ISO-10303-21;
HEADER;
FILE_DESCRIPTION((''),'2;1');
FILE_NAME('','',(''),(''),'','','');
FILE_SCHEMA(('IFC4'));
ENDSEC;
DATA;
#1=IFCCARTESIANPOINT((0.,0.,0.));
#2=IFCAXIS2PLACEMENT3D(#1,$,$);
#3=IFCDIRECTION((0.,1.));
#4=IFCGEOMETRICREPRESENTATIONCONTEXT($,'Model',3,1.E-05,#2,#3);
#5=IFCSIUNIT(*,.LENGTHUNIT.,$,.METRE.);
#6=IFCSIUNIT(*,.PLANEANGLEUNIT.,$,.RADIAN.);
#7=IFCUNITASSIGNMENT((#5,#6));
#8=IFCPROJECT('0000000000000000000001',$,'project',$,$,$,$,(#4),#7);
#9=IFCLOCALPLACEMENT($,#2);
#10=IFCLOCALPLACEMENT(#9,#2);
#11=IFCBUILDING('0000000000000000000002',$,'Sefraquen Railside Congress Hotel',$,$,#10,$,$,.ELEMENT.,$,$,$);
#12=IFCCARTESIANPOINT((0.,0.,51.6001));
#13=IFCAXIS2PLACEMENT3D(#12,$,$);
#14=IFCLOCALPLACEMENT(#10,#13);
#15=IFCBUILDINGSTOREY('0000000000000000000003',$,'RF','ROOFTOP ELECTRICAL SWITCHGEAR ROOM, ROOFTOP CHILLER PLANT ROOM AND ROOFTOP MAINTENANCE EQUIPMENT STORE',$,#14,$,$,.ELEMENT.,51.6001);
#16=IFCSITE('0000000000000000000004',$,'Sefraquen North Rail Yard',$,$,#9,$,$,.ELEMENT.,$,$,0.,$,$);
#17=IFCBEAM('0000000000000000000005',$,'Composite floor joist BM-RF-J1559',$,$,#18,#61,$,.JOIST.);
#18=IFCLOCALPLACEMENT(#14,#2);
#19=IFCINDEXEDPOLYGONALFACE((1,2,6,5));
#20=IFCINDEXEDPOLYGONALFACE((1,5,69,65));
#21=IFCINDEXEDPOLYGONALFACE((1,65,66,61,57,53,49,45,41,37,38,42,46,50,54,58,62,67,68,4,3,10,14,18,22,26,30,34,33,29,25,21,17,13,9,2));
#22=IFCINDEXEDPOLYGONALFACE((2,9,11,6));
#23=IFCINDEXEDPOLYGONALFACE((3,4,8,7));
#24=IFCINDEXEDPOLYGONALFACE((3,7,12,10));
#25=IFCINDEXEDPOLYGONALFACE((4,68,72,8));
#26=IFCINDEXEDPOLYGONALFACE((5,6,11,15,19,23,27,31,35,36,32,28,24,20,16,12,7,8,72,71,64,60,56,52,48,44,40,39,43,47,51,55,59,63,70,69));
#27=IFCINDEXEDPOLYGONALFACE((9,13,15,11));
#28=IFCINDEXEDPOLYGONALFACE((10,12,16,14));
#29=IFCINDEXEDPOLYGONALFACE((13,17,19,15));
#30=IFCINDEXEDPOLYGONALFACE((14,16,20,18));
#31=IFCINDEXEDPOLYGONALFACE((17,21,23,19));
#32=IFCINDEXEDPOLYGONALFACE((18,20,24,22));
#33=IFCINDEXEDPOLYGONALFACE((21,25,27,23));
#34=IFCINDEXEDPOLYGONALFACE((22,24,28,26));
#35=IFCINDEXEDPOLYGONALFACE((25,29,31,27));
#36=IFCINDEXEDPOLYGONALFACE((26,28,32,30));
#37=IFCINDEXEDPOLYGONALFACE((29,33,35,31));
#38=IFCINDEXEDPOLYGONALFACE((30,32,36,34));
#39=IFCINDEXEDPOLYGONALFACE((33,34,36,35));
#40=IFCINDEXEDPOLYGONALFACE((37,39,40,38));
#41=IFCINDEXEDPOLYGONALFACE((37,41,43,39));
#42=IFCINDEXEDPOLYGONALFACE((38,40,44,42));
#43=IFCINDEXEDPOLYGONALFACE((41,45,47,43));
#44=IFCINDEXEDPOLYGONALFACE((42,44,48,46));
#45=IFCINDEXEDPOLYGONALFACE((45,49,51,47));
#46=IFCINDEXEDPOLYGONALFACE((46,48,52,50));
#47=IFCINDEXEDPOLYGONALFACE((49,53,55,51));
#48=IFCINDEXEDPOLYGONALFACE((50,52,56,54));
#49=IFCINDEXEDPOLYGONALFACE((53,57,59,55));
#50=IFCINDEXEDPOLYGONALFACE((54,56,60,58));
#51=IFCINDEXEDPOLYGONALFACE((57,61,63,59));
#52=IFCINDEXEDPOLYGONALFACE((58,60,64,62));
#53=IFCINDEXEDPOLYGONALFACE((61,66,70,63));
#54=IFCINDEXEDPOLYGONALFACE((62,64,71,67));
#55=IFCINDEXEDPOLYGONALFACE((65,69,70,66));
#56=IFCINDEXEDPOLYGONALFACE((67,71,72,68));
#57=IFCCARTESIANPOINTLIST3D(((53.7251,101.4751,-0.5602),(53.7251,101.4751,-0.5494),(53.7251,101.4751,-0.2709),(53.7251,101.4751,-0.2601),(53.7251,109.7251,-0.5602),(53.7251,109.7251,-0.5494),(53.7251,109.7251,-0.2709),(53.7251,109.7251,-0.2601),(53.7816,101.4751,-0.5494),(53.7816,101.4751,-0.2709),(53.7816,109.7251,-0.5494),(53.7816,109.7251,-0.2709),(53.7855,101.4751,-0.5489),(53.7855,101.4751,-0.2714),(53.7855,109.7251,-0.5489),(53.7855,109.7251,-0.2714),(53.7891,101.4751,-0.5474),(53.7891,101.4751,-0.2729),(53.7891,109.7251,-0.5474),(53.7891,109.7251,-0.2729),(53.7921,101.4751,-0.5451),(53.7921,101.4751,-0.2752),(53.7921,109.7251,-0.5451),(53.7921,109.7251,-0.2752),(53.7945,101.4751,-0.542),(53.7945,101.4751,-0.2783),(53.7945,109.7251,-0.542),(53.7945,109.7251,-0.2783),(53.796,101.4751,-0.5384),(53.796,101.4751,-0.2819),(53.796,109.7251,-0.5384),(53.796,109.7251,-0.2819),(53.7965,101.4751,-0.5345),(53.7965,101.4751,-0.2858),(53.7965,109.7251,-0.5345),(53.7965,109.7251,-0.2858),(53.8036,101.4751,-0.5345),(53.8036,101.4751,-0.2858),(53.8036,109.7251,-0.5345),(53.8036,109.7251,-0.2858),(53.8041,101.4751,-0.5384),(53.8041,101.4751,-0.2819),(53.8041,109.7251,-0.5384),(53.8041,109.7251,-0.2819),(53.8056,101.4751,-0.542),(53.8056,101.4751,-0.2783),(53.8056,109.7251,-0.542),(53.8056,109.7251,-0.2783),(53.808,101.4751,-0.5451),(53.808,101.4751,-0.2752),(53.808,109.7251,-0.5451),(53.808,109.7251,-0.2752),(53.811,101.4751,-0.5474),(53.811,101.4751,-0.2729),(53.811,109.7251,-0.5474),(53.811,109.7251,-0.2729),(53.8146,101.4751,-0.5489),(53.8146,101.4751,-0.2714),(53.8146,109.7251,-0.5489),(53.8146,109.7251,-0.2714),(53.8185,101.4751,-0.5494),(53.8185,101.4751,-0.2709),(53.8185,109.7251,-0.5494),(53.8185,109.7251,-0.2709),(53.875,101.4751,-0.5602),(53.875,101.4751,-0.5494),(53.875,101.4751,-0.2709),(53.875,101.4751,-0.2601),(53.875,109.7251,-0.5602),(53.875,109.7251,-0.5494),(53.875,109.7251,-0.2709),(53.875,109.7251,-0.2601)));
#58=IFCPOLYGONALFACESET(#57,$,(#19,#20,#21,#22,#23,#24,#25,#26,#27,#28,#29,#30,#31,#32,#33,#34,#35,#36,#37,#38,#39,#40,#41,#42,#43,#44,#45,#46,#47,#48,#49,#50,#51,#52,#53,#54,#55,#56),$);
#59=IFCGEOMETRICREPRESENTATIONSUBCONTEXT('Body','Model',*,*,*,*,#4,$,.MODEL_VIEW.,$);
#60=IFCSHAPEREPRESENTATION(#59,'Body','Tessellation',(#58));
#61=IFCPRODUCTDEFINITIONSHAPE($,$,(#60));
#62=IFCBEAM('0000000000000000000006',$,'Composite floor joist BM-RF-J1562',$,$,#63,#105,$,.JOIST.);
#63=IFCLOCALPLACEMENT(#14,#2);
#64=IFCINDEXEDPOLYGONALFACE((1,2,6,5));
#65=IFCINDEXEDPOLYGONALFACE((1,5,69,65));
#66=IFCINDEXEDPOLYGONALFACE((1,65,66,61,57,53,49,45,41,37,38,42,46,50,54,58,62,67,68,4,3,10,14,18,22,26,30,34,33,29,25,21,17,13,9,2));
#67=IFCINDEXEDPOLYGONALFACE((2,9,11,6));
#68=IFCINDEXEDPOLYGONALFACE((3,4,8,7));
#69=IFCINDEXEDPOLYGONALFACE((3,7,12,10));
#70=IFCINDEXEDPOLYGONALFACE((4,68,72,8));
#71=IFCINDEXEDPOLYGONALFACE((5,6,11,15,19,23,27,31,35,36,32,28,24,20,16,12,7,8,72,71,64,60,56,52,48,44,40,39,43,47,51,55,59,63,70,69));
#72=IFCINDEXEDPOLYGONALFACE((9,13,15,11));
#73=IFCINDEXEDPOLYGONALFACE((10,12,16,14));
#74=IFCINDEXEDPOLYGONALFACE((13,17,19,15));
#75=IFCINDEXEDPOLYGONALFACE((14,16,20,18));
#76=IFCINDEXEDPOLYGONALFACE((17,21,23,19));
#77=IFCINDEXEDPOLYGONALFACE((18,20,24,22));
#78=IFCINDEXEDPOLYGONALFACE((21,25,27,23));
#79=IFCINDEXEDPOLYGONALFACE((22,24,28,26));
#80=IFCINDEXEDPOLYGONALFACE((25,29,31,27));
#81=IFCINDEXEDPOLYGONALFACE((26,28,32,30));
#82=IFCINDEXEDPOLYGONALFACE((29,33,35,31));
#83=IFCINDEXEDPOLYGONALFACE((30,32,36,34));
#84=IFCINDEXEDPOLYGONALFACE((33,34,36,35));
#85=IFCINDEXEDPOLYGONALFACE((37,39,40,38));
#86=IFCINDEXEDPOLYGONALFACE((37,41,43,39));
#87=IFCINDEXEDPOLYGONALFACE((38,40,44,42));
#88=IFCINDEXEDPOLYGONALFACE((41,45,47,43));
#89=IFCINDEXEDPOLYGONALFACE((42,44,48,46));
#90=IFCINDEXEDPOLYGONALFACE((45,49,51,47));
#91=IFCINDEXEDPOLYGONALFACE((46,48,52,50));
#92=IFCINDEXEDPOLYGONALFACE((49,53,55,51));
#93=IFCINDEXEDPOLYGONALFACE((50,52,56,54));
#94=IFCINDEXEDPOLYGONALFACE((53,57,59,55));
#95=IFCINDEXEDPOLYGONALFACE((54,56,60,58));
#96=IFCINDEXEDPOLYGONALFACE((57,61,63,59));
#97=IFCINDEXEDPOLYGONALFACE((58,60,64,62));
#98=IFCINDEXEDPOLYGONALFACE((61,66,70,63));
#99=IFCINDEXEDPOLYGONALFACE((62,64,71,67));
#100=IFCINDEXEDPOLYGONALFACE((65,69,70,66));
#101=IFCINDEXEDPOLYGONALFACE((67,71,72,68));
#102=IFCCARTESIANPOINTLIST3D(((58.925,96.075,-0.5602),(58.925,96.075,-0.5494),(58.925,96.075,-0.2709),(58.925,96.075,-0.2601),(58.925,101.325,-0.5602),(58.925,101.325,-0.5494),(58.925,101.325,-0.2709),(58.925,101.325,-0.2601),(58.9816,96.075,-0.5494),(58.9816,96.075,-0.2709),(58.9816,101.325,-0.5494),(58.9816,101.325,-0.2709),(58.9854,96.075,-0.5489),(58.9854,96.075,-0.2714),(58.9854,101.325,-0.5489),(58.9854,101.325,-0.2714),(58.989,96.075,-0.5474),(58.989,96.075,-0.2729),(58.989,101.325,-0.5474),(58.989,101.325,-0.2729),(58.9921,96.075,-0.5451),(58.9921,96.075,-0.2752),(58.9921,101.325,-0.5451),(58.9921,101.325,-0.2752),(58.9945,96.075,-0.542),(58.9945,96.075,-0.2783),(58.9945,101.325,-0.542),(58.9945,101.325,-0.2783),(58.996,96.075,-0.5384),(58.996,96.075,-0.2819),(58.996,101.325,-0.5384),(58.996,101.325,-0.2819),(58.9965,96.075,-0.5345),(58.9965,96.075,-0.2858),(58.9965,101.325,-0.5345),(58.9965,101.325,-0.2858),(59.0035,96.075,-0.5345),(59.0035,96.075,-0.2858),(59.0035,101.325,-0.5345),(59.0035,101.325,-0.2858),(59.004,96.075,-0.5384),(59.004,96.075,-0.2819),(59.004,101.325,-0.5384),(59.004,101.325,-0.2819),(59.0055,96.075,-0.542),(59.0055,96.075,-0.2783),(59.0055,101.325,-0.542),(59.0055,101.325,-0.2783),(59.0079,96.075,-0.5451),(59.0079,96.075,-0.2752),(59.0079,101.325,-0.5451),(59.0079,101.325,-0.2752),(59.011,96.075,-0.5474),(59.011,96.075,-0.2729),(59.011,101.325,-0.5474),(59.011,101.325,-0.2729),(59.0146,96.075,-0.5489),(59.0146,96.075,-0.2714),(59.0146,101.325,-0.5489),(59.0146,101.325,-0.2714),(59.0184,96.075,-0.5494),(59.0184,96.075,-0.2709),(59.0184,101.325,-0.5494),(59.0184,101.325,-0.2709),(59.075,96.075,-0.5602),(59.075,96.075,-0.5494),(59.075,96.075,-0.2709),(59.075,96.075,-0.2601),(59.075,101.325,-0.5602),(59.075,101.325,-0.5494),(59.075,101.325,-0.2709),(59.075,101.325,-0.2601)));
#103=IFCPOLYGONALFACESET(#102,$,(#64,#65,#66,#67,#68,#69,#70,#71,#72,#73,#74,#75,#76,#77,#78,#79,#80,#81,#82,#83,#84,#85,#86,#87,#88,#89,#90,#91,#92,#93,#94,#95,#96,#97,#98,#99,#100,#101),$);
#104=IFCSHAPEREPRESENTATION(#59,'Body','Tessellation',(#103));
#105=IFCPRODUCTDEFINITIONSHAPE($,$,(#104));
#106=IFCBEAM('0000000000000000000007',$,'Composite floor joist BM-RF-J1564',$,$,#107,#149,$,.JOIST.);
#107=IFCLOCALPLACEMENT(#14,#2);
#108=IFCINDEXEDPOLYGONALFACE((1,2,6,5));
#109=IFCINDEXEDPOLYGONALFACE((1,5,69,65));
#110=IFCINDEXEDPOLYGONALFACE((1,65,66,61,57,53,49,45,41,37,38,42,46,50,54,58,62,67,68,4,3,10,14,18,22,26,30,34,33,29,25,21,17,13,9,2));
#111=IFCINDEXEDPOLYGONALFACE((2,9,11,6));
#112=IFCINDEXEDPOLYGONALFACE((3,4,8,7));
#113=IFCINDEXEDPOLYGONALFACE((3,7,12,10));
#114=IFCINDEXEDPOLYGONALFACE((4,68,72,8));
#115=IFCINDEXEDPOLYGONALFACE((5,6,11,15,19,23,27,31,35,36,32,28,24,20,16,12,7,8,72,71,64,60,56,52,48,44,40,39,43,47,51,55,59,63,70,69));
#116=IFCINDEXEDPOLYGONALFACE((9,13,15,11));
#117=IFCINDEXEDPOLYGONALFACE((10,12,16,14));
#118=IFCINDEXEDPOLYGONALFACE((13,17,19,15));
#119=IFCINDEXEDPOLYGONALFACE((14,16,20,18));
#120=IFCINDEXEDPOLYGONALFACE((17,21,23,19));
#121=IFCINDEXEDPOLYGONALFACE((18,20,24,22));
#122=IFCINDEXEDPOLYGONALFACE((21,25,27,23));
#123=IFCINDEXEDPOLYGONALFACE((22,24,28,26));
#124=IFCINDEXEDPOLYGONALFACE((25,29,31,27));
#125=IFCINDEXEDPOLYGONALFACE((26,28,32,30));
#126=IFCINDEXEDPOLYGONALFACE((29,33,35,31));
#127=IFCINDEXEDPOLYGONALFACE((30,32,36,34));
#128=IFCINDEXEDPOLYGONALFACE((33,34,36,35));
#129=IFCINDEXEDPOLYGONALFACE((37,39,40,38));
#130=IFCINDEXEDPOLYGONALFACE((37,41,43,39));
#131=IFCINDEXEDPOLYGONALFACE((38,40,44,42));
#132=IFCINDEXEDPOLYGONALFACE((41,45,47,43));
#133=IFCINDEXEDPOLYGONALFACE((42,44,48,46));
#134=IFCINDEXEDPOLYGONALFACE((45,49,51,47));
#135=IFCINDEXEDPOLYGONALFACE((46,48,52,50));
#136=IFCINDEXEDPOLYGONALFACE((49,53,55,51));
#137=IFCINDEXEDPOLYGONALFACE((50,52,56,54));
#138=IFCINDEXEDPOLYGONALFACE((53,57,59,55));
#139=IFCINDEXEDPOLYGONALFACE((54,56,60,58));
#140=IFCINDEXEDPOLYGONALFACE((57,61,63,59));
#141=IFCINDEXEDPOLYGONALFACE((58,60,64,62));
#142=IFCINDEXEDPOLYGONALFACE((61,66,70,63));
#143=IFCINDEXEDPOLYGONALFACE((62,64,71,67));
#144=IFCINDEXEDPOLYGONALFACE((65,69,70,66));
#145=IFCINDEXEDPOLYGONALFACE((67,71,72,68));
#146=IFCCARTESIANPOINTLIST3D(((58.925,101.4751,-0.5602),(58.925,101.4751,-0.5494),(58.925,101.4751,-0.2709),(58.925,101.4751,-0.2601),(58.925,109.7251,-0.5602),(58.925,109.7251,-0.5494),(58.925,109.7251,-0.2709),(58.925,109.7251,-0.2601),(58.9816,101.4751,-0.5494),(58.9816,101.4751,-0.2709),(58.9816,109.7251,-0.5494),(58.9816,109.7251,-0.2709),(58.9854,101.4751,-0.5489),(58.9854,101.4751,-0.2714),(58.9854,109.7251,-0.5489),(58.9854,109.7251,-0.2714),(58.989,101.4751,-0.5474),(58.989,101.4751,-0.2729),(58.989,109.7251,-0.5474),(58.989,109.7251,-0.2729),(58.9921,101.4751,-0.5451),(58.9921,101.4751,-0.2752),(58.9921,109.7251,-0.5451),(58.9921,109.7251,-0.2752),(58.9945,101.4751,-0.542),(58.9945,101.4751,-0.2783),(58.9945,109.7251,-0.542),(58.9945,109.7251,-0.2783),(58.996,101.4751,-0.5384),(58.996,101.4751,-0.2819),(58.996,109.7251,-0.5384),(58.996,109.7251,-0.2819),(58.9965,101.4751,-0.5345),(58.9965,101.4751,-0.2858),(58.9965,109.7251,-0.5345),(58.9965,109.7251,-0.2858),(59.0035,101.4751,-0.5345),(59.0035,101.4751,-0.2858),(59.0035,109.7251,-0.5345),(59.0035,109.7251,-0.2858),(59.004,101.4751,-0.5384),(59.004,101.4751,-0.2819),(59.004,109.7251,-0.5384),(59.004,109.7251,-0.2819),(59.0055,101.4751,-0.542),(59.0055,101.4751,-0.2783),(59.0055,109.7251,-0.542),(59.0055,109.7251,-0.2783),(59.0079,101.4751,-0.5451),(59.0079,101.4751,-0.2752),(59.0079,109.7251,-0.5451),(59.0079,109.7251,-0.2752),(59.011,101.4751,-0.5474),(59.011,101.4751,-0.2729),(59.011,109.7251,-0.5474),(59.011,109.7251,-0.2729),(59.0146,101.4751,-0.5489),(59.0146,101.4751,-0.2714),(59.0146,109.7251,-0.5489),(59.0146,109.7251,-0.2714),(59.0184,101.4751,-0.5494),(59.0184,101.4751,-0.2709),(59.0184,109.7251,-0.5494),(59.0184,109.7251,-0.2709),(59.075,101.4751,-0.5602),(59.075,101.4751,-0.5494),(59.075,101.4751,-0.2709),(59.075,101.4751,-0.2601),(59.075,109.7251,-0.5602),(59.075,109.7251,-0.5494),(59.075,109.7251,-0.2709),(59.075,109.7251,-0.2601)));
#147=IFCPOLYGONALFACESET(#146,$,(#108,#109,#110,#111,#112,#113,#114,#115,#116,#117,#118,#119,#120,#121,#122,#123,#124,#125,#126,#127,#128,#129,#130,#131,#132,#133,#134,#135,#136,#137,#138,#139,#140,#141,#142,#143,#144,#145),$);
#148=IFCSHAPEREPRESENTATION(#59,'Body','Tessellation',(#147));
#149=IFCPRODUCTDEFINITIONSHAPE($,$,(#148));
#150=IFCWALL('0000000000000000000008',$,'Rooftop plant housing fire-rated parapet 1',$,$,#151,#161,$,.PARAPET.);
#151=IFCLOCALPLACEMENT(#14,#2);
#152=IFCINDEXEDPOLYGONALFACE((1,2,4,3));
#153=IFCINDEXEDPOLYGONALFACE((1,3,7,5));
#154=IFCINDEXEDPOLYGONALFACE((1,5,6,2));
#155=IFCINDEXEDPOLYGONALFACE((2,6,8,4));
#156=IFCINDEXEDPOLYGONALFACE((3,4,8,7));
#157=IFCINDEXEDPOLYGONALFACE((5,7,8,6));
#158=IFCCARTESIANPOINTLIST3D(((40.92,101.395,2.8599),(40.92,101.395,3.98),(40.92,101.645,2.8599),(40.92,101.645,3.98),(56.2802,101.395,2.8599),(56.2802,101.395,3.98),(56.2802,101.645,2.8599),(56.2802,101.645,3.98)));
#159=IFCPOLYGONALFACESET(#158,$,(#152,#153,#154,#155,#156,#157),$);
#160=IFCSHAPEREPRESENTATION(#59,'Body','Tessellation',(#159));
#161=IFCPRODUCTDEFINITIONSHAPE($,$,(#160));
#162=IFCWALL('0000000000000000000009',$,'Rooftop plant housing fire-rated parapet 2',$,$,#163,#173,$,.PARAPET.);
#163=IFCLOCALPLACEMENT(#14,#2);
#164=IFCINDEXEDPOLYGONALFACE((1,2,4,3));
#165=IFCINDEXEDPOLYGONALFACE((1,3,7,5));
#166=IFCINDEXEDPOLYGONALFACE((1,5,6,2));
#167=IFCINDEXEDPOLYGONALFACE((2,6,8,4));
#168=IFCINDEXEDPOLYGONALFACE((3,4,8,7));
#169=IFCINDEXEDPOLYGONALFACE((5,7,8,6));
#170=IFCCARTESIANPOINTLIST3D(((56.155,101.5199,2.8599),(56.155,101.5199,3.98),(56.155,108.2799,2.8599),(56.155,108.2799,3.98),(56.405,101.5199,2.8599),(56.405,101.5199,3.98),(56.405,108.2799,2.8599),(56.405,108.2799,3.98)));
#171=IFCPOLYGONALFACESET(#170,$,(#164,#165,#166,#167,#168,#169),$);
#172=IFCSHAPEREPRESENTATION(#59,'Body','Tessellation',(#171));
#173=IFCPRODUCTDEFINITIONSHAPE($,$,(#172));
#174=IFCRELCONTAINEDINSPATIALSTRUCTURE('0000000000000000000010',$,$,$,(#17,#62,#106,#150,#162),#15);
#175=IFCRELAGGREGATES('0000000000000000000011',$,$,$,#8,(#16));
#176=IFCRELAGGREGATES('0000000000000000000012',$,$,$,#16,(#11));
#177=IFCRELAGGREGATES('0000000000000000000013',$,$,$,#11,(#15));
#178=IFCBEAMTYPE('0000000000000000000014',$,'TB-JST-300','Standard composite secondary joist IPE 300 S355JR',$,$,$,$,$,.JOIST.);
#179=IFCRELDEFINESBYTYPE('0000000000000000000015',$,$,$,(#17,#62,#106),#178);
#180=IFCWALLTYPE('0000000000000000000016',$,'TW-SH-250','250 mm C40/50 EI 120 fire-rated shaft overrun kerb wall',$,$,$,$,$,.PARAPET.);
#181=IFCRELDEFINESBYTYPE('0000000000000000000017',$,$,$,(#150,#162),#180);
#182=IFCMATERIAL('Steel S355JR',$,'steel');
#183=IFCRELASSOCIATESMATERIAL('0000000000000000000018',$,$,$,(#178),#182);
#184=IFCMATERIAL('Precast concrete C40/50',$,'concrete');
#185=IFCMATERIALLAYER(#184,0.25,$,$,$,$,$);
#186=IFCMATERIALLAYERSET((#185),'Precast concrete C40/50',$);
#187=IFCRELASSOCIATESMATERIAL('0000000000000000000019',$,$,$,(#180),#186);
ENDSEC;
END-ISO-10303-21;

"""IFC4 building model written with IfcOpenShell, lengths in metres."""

from ifc_helpers import new_model, si_unit, direction, frame, frame_2d, origin, origin_2d, place, context, subcontext, project, spatial, rectangle, i_section, extrude, material, layer, layer_set, material_profile, profile_set, type_object, element, save


model = new_model("IFC4")

# Units and contexts
model_context = context("Model", 3, precision=1e-05, world=origin(), true_north=direction((0.0, 1.0)))
body_context = subcontext(model_context, "Body", "Model", "MODEL_VIEW")
ifc_project = project(units=[si_unit("LENGTHUNIT", "METRE"), si_unit("PLANEANGLEUNIT", "RADIAN")], contexts=[model_context])

# Site, building, storey
site_placement = place(None, origin())
site = spatial("IfcSite", under=ifc_project, at=site_placement, Name="Sefraquen North Rail Yard", CompositionType="ELEMENT", RefElevation=0.0)
building_placement = place(site_placement, origin())
building = spatial("IfcBuilding", under=site, at=building_placement, Name="Sefraquen Railside Congress Hotel", CompositionType="ELEMENT")
storey_placement = place(building_placement, frame((0.0, 0.0, 51.6001)))
storey = spatial("IfcBuildingStorey", under=building, at=storey_placement, Name="RF", Description="ROOFTOP ELECTRICAL SWITCHGEAR ROOM, ROOFTOP CHILLER PLANT ROOM AND ROOFTOP MAINTENANCE EQUIPMENT STORE", CompositionType="ELEMENT", Elevation=51.6001)

# Beams
ifc_material_1 = material(Name="Steel S355JR", Category="steel")
ifc_material_profile_1 = material_profile(ifc_material_1, i_section(OverallWidth=0.1499, OverallDepth=0.3, WebThickness=0.0071, FlangeThickness=0.0107, FilletRadius=0.0149, at=origin_2d()), Name="IPE 300")
ifc_profile_set_1 = profile_set([ifc_material_profile_1], Name="Steel S355JR")
beam_type_1 = type_object("IfcBeamType", Name="TB-JST-300", Description="Standard composite secondary joist IPE 300 S355JR", PredefinedType="JOIST", material=ifc_profile_set_1)
for number, where, z_axis, x_axis, name in (
    (1, (53.8, 101.4751, -0.4102), (0.0, 1.0, 0.0), (-1.0, 0.0, 0.0), "Composite floor joist BM-RF-J1559"),
):
    element("IfcBeam", number, at=place(storey_placement, frame(where, z_axis=z_axis, x_axis=x_axis)), inside=storey, type_object=beam_type_1, Name=name, PredefinedType="JOIST", context=body_context, shape_type="SweptSolid", body=[
        extrude(i_section(OverallWidth=0.1499, OverallDepth=0.3, WebThickness=0.0071, FlangeThickness=0.0107, FilletRadius=0.0149, at=origin_2d()), origin(), (0.0, 0.0, 1.0), 8.25),
    ])
beam_1_placement = place(storey_placement, frame((59.0, 96.075, -0.4102), z_axis=(0.0, 1.0, 0.0), x_axis=(-1.0, 0.0, 0.0)))
element("IfcBeam", 2, at=beam_1_placement, inside=storey, type_object=beam_type_1, Name="Composite floor joist BM-RF-J1562", PredefinedType="JOIST", context=body_context, shape_type="SweptSolid", body=[
    extrude(i_section(OverallWidth=0.1499, OverallDepth=0.3, WebThickness=0.0071, FlangeThickness=0.0107, FilletRadius=0.0149, at=origin_2d()), origin(), (0.0, 0.0, 1.0), 5.25),
])
beam_2_placement = place(storey_placement, frame((59.0, 101.4751, -0.4102), z_axis=(0.0, 1.0, 0.0), x_axis=(-1.0, 0.0, 0.0)))
element("IfcBeam", 3, at=beam_2_placement, inside=storey, type_object=beam_type_1, Name="Composite floor joist BM-RF-J1564", PredefinedType="JOIST", context=body_context, shape_type="SweptSolid", body=[
    extrude(i_section(OverallWidth=0.1499, OverallDepth=0.3, WebThickness=0.0071, FlangeThickness=0.0107, FilletRadius=0.0149, at=origin_2d()), origin(), (0.0, 0.0, 1.0), 8.25),
])

# Walls
ifc_material_2 = material(Name="Precast concrete C40/50", Category="concrete")
ifc_layer = layer(ifc_material_2, 0.25)
ifc_layer_set = layer_set([ifc_layer], Name="Precast concrete C40/50")
wall_type = type_object("IfcWallType", Name="TW-SH-250", Description="250 mm C40/50 EI 120 fire-rated shaft overrun kerb wall", PredefinedType="PARAPET", material=ifc_layer_set)
wall_1_placement = place(storey_placement, frame((40.9199, 101.52, 2.8599), z_axis=(0.0, 0.0, 1.0), x_axis=(1.0, 0.0, 0.0)))
element("IfcWall", 4, at=wall_1_placement, inside=storey, type_object=wall_type, Name="Rooftop plant housing fire-rated parapet 1", PredefinedType="PARAPET", context=body_context, shape_type="SweptSolid", body=[
    extrude(rectangle(XDim=15.3601, YDim=0.25, at=frame_2d((7.6802, 0.0))), origin(), (0.0, 0.0, 1.0), 1.1201),
])
wall_2_placement = place(storey_placement, frame((56.28, 101.52, 2.8599), z_axis=(0.0, 0.0, 1.0), x_axis=(0.0, 1.0, 0.0)))
element("IfcWall", 5, at=wall_2_placement, inside=storey, type_object=wall_type, Name="Rooftop plant housing fire-rated parapet 2", PredefinedType="PARAPET", context=body_context, shape_type="SweptSolid", body=[
    extrude(rectangle(XDim=6.76, YDim=0.25, at=frame_2d((3.3799, 0.0))), origin(), (0.0, 0.0, 1.0), 1.1201),
])

save(model, "model.ifc")
